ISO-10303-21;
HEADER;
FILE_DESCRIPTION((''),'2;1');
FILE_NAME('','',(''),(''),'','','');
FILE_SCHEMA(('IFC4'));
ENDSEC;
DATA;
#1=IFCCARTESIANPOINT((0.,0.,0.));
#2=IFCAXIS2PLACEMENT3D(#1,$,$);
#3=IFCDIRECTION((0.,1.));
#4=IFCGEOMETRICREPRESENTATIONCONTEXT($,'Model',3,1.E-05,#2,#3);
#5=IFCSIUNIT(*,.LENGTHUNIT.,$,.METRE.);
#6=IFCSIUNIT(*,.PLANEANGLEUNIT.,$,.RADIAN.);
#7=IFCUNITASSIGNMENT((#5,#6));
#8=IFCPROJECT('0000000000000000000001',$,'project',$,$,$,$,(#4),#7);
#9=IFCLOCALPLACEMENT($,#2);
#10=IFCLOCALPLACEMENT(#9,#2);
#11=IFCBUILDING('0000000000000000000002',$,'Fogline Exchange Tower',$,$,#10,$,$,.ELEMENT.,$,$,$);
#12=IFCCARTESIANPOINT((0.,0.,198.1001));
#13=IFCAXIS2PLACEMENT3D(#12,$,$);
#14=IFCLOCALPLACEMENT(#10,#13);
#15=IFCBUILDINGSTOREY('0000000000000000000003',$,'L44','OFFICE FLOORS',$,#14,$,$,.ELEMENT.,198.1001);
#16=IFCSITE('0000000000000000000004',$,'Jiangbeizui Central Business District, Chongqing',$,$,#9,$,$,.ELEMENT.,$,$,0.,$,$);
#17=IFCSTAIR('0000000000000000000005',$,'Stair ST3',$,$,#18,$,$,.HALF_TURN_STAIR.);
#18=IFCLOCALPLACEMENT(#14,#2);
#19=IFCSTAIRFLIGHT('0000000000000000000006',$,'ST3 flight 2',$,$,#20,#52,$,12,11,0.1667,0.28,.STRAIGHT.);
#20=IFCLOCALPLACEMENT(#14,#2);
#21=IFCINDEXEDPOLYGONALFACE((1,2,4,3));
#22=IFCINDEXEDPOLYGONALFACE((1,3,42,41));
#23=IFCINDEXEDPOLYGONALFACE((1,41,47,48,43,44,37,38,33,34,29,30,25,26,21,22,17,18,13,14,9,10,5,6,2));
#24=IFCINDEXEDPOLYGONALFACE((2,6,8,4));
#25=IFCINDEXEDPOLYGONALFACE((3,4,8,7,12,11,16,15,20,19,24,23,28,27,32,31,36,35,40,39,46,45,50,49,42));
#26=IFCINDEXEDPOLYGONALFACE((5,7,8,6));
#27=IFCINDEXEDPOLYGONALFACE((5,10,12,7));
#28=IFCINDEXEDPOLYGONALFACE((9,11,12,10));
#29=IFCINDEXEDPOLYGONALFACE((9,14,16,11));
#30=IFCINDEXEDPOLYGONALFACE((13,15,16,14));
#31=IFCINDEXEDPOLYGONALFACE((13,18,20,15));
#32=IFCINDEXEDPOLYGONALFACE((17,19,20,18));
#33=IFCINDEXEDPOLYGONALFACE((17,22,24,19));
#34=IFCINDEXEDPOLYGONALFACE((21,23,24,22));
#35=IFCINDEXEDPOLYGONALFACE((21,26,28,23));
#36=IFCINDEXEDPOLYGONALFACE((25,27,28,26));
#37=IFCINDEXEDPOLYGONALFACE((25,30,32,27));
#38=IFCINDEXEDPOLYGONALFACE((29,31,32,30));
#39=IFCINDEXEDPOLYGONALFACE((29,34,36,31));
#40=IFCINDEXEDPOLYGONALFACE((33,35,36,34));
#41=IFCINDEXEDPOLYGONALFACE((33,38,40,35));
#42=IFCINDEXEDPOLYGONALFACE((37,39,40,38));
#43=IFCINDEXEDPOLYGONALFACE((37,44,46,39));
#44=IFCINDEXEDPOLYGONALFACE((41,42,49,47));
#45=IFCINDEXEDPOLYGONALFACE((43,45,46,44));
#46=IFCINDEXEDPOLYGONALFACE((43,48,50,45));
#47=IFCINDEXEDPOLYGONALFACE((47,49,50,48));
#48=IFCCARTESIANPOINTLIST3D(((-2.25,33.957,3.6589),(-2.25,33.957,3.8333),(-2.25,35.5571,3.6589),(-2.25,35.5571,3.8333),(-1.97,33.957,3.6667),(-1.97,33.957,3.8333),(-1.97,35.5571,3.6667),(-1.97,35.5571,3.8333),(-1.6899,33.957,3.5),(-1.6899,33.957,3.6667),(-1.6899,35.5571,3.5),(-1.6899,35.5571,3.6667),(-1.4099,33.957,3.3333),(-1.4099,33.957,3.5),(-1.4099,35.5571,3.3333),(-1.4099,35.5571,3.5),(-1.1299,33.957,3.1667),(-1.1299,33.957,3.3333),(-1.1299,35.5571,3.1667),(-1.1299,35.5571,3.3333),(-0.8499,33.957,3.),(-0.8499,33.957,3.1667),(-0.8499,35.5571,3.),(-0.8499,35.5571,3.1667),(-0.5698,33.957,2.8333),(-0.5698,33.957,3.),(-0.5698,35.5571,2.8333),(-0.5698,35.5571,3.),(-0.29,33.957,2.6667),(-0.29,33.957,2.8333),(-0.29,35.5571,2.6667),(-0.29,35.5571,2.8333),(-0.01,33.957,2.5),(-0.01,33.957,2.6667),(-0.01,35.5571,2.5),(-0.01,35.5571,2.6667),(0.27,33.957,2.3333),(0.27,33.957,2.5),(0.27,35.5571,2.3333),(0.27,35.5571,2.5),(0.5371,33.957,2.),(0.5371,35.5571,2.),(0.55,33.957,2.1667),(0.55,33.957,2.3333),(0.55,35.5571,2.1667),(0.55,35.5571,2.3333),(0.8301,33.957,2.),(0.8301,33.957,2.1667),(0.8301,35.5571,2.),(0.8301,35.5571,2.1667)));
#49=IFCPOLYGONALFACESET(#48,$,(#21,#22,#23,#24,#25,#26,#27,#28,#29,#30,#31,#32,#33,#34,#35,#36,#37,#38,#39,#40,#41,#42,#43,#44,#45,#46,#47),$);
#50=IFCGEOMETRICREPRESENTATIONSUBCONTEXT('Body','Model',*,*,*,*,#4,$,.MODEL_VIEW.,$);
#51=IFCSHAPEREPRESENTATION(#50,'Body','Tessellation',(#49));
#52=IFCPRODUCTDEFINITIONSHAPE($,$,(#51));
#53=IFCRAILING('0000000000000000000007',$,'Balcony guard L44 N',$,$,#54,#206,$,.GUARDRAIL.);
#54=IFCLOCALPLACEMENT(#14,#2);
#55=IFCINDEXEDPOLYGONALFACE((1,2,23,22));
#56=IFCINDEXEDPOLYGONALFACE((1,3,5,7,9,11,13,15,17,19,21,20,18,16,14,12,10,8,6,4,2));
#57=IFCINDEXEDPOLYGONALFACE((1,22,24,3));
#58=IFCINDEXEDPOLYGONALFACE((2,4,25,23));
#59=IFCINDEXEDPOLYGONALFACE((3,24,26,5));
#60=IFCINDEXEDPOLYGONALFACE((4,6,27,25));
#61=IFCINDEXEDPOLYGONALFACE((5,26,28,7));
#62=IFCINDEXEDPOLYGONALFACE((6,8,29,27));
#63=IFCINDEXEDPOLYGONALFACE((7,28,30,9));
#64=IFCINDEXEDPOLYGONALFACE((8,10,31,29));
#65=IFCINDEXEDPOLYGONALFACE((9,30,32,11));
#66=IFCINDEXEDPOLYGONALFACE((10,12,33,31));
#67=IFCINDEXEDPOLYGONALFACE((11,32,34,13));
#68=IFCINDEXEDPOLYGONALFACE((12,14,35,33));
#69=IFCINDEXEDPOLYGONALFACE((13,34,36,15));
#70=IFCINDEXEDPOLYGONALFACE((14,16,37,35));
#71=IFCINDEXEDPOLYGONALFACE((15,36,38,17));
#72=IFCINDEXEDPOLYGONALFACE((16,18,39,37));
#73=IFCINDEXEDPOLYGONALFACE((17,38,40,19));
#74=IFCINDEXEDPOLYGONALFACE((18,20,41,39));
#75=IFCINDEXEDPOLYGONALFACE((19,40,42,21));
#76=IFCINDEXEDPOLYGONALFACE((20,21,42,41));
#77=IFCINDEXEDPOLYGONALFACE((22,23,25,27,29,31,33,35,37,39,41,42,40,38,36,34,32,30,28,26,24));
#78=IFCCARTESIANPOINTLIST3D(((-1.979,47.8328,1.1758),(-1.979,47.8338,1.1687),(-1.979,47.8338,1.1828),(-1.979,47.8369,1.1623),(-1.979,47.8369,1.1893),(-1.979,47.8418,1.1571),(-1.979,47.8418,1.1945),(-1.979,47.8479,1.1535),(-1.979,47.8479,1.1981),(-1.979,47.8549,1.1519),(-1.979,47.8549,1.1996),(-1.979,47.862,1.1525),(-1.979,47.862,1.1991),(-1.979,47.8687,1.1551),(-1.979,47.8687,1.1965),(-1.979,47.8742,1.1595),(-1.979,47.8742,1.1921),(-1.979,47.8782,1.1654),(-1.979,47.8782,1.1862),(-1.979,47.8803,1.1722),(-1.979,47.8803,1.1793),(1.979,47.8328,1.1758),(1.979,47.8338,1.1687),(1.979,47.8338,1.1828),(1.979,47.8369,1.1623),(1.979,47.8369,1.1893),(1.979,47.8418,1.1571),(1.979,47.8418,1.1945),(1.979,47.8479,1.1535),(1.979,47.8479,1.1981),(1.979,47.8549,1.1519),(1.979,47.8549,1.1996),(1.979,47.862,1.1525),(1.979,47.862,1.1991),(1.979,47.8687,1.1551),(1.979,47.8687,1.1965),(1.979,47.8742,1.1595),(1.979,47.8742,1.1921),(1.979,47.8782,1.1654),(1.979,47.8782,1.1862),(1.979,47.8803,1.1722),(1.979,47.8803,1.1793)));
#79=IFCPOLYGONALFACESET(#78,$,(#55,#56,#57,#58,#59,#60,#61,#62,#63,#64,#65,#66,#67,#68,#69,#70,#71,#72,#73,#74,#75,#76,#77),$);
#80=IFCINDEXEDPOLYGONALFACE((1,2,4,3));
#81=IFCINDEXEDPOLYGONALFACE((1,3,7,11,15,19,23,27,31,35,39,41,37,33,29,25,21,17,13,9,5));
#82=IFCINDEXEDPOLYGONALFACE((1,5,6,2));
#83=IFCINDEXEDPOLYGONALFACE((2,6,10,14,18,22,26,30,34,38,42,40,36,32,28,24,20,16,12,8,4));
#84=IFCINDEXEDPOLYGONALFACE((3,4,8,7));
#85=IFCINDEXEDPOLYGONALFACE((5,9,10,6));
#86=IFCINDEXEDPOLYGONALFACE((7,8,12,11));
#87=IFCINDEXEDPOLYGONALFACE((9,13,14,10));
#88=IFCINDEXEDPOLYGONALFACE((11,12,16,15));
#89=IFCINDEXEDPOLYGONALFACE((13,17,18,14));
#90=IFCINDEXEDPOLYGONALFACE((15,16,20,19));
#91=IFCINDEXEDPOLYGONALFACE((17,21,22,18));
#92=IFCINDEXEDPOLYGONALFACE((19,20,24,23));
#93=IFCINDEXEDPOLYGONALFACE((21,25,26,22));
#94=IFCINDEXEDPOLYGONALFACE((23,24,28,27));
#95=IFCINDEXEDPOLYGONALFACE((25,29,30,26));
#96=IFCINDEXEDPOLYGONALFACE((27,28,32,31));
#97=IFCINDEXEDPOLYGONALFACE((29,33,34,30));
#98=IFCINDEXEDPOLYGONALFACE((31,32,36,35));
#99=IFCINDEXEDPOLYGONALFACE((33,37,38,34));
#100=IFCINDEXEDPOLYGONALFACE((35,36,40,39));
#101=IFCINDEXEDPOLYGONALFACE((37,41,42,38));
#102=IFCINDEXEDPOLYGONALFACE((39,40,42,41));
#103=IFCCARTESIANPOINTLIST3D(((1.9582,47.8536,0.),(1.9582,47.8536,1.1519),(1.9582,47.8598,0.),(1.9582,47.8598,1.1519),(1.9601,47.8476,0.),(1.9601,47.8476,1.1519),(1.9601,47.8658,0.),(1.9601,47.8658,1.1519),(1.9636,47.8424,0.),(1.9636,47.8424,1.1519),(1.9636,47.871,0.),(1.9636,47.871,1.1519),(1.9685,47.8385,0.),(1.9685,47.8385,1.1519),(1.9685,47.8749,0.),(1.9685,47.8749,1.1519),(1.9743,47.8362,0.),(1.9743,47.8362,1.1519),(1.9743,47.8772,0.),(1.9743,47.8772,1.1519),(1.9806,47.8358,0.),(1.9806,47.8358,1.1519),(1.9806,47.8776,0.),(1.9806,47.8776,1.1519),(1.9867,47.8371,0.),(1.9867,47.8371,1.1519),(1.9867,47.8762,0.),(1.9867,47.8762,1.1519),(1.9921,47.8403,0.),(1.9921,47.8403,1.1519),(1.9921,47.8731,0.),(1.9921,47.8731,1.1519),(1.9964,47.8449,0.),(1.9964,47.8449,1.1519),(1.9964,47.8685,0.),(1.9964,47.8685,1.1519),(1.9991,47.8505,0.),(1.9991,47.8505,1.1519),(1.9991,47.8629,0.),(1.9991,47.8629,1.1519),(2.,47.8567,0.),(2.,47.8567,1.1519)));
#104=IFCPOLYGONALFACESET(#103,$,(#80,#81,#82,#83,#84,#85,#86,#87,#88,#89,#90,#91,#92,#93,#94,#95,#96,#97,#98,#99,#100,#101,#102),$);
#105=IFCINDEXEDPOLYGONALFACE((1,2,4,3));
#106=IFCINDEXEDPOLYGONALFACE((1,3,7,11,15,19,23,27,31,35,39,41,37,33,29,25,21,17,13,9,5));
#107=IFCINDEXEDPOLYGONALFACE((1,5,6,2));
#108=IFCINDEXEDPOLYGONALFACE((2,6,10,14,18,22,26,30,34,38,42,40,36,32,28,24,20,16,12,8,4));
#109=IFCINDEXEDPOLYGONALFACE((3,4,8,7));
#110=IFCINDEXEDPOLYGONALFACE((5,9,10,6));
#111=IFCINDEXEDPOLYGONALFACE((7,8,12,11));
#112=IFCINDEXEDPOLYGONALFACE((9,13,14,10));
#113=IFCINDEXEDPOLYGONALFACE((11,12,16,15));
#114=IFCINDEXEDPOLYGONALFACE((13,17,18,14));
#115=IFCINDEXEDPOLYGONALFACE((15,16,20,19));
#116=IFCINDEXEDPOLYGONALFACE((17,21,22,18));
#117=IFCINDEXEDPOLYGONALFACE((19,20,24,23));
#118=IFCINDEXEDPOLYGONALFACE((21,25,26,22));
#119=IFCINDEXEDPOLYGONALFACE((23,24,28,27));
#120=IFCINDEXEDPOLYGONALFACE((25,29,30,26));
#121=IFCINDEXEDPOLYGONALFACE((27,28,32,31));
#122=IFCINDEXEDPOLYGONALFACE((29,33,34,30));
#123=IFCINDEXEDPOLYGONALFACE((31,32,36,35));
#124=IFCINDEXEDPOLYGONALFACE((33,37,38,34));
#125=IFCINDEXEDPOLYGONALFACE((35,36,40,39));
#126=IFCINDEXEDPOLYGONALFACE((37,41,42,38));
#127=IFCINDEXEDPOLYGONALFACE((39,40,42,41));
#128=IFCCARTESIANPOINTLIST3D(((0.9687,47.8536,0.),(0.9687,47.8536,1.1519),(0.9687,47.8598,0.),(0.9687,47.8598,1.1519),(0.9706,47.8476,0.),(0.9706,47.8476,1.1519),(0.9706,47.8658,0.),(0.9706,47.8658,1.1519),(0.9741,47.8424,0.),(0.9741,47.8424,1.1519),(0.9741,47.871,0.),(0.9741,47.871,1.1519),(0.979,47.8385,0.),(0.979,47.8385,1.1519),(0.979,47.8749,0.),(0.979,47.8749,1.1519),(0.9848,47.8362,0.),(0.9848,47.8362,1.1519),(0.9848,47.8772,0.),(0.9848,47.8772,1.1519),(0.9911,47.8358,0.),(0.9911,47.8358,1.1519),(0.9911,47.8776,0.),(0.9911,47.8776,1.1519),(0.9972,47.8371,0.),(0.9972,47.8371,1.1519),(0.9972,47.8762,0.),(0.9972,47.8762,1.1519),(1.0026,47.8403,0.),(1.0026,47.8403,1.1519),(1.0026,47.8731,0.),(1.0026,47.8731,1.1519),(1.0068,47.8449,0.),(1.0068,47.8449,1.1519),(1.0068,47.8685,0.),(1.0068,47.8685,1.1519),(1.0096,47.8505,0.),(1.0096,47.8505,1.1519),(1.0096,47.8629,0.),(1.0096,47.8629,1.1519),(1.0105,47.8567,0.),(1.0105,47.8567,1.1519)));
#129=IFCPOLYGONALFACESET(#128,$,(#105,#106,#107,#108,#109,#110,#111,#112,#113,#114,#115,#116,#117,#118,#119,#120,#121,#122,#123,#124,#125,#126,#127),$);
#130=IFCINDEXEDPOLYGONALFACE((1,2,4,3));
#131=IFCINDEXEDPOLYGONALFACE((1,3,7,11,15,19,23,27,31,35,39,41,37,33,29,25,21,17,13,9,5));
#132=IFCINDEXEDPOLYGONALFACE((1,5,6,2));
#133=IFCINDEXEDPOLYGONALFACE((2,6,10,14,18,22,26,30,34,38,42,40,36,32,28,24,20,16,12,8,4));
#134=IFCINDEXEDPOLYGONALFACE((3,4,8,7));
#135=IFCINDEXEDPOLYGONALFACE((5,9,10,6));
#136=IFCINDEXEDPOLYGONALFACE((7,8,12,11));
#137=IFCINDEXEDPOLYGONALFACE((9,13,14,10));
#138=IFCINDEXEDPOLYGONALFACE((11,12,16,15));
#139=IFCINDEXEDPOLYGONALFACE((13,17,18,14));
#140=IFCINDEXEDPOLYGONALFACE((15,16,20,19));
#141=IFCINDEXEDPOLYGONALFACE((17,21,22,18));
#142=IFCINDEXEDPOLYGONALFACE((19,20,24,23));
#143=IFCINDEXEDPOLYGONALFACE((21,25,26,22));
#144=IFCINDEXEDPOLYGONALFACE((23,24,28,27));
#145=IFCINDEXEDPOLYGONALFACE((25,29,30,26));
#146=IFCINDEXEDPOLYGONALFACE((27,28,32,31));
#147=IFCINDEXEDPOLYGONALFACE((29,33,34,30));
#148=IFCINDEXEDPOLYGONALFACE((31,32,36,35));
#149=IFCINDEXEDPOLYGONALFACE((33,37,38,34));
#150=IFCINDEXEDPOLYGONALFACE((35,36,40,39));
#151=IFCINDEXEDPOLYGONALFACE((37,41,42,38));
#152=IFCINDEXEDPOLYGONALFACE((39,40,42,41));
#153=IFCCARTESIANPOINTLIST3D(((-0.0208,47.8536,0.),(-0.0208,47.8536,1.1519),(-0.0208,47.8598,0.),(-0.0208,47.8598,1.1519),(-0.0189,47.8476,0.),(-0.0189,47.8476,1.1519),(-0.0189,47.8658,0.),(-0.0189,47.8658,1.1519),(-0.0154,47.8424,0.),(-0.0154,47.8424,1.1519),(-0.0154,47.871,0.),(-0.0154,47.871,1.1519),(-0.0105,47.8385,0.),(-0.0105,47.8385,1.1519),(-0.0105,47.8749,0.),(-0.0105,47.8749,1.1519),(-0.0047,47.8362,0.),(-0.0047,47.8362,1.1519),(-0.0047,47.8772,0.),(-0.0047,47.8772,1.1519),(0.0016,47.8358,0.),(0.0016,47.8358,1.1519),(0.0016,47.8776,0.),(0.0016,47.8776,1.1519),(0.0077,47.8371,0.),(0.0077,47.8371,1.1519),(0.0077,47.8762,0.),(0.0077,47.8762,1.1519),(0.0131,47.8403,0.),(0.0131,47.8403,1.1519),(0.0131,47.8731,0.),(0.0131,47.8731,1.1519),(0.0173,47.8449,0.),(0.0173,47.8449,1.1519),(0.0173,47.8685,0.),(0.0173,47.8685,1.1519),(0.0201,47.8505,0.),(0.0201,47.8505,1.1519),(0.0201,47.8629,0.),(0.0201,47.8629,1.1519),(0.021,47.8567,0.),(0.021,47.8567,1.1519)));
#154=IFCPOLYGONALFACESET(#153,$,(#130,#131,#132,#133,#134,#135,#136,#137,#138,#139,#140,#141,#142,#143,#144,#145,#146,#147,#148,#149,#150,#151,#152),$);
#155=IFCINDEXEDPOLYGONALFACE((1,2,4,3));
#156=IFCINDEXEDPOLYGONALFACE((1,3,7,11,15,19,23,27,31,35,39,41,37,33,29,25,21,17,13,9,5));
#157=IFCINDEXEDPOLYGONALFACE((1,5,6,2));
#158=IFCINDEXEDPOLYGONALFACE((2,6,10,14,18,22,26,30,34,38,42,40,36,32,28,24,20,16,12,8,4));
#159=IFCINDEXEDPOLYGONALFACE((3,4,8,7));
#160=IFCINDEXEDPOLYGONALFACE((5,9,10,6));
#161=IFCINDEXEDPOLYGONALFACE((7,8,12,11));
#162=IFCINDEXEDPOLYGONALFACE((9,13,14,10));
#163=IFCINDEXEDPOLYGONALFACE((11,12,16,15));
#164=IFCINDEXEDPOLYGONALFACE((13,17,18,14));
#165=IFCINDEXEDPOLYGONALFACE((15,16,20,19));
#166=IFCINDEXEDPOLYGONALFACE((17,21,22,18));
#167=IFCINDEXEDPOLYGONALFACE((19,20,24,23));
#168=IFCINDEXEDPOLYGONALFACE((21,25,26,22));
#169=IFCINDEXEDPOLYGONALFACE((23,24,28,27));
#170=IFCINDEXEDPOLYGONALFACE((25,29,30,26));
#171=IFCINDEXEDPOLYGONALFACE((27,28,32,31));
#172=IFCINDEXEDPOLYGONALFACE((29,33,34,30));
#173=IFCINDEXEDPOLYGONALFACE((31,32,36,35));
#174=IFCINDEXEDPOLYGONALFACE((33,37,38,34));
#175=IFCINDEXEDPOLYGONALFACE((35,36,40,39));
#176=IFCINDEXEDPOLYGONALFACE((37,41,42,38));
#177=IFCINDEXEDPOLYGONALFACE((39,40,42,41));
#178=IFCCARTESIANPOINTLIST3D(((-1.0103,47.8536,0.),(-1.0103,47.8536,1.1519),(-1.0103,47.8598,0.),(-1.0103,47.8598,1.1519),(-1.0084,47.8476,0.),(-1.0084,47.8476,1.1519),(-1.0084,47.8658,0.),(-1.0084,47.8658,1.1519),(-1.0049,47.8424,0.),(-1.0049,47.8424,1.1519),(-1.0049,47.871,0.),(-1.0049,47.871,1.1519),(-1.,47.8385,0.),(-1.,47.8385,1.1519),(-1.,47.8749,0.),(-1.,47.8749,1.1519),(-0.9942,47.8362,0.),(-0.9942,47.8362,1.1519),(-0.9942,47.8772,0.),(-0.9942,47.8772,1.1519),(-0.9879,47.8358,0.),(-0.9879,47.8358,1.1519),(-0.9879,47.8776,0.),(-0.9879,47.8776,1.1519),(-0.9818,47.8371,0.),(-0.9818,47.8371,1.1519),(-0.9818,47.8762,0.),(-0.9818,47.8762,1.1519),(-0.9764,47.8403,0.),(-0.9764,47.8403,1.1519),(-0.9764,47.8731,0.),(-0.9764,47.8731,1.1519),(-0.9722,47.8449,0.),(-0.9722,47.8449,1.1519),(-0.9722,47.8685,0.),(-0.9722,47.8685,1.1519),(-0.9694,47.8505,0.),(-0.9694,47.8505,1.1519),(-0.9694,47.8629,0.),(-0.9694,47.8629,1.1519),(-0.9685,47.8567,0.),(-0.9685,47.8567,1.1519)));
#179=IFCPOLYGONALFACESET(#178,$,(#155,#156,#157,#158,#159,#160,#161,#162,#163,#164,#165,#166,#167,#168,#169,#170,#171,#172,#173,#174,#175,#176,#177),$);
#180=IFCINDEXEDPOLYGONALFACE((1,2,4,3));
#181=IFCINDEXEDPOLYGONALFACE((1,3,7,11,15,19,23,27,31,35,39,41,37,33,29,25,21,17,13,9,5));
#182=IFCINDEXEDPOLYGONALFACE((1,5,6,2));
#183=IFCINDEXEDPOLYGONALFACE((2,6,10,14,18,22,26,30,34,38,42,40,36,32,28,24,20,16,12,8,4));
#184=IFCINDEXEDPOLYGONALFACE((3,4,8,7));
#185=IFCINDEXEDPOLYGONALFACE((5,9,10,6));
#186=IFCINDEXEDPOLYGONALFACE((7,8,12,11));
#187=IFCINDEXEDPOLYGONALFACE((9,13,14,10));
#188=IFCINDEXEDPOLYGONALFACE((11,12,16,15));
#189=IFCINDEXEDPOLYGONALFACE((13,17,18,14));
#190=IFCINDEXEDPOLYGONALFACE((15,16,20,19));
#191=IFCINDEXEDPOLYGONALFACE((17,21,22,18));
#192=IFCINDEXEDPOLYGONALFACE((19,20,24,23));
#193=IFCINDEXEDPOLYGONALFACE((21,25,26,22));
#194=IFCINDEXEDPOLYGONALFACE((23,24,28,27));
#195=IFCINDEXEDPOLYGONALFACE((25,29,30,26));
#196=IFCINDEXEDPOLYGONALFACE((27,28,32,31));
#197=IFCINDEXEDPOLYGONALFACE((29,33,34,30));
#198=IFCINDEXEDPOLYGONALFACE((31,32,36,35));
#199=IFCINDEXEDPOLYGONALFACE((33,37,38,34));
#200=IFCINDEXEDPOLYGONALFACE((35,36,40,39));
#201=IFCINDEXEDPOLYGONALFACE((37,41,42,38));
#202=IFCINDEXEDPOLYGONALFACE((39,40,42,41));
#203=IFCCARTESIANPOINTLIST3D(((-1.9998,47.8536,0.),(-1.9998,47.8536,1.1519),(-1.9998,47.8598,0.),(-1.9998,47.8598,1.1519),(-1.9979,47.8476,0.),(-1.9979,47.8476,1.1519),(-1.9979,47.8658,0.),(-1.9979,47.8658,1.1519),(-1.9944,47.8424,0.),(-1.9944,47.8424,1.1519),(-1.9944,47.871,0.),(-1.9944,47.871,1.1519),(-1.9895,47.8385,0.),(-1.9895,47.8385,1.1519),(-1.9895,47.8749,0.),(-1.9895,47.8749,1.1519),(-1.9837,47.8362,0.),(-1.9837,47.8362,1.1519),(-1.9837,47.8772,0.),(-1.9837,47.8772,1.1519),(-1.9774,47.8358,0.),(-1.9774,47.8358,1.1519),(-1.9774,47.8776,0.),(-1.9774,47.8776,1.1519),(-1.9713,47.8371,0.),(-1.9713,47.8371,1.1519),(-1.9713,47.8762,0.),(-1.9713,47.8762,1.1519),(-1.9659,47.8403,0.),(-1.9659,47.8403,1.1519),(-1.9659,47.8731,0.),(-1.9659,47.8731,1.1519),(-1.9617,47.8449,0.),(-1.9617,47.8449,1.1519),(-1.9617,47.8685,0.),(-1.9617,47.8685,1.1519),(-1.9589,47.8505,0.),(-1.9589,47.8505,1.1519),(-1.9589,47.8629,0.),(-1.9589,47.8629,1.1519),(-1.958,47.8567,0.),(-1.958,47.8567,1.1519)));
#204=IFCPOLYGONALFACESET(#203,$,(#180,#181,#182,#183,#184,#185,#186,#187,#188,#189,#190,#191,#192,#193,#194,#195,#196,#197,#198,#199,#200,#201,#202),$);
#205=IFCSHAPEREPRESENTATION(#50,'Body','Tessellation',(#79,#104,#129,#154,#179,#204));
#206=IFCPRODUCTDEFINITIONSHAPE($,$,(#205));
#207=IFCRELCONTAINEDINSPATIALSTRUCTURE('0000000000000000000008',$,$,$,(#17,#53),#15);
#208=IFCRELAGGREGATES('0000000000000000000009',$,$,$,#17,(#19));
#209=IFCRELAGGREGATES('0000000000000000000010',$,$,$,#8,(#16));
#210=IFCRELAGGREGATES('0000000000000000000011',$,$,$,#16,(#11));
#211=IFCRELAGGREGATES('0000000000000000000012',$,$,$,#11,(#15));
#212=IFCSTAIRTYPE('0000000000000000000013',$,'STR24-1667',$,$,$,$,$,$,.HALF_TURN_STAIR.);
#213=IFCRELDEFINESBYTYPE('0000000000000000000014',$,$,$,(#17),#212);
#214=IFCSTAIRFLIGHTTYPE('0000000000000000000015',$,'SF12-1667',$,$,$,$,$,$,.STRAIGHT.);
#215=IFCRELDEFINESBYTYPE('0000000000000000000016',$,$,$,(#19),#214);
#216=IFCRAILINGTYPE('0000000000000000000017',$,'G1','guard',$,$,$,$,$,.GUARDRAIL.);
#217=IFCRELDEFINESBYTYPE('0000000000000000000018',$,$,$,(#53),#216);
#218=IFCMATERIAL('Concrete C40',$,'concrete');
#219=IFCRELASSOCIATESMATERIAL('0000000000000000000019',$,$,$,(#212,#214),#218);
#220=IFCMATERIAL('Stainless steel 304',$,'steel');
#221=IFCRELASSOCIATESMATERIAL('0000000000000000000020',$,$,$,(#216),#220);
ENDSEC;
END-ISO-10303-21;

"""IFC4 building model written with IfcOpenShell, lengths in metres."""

from ifc_helpers import new_model, si_unit, direction, frame, origin, origin_2d, place, context, subcontext, project, spatial, polyline, circle, outline, extrude, material, type_object, element, aggregate, save


model = new_model("IFC4")

# Units and contexts
model_context = context("Model", 3, precision=1e-05, world=origin(), true_north=direction((0.0, 1.0)))
body_context = subcontext(model_context, "Body", "Model", "MODEL_VIEW")
ifc_project = project(units=[si_unit("LENGTHUNIT", "METRE"), si_unit("PLANEANGLEUNIT", "RADIAN")], contexts=[model_context])

# Site, building, storey
site_placement = place(None, origin())
site = spatial("IfcSite", under=ifc_project, at=site_placement, Name="Jiangbeizui Central Business District, Chongqing", CompositionType="ELEMENT", RefElevation=0.0)
building_placement = place(site_placement, origin())
building = spatial("IfcBuilding", under=site, at=building_placement, Name="Fogline Exchange Tower", CompositionType="ELEMENT")
storey_placement = place(building_placement, frame((0.0, 0.0, 198.1001)))
storey = spatial("IfcBuildingStorey", under=building, at=storey_placement, Name="L44", Description="OFFICE FLOORS", CompositionType="ELEMENT", Elevation=198.1001)

# Shared definitions
ifc_material_1 = material(Name="Concrete C40", Category="concrete")

# Stair, stair flight
stair_type = type_object("IfcStairType", Name="STR24-1667", PredefinedType="HALF_TURN_STAIR", material=ifc_material_1)
stair_placement = place(storey_placement, origin())
stair = element("IfcStair", 1, at=stair_placement, inside=storey, type_object=stair_type, Name="Stair ST3", PredefinedType="HALF_TURN_STAIR")
stair_flight_type = type_object("IfcStairFlightType", Name="SF12-1667", PredefinedType="STRAIGHT", material=ifc_material_1)
stair_flight_placement = place(storey_placement, frame((0.8301, 34.7571, 2.0), z_axis=(0.0, 0.0, 1.0), x_axis=(-1.0, 0.0, 0.0)))
stair_flight = element("IfcStairFlight", 2, at=stair_flight_placement, type_object=stair_flight_type, Name="ST3 flight 2", NumberOfRisers=12, NumberOfTreads=11, PredefinedType="STRAIGHT", RiserHeight=0.1667, TreadLength=0.28, context=body_context, shape_type="SweptSolid", body=[
    extrude(outline(polyline([(0.0, 0.0), (0.0, 0.1667), (0.28, 0.1667), (0.28, 0.3333), (0.5601, 0.3333), (0.5601, 0.5), (0.8401, 0.5), (0.8401, 0.6667), (1.1201, 0.6667), (1.1201, 0.8333), (1.3999, 0.8333), (1.3999, 1.0), (1.6799, 1.0), (1.6799, 1.1667), (1.96, 1.1667), (1.96, 1.3333), (2.24, 1.3333), (2.24, 1.5), (2.52, 1.5), (2.52, 1.6667), (2.8, 1.6667), (2.8, 1.8333), (3.0801, 1.8333), (3.0801, 2.0), (3.0801, 1.6589), (0.293, 0.0), (0.0, 0.0)])), frame((0.0, 0.8, 0.0), z_axis=(0.0, -1.0, 0.0), x_axis=(1.0, 0.0, 0.0)), (0.0, 0.0, 1.0), 1.6001),
])
aggregate(stair, [stair_flight])

# Railing
ifc_material_2 = material(Name="Stainless steel 304", Category="steel")
railing_type = type_object("IfcRailingType", Name="G1", Description="guard", PredefinedType="GUARDRAIL", material=ifc_material_2)
railing_placement = place(storey_placement, frame((1.979, 47.8567, 0.0)))
element("IfcRailing", 3, at=railing_placement, inside=storey, type_object=railing_type, Name="Balcony guard L44 N", PredefinedType="GUARDRAIL", context=body_context, shape_type="SweptSolid", body=[
    extrude(circle(Radius=0.0239, at=origin_2d()), frame((0.0, 0.0, 1.1758), z_axis=(-1.0, 0.0, 0.0), x_axis=(0.0, -1.0, 0.0)), (0.0, 0.0, 1.0), 3.958),
    extrude(circle(Radius=0.021, at=origin_2d()), origin(), (0.0, 0.0, 1.0), 1.1519),
    extrude(circle(Radius=0.021, at=origin_2d()), frame((-0.9895, 0.0, 0.0)), (0.0, 0.0, 1.0), 1.1519),
    extrude(circle(Radius=0.021, at=origin_2d()), frame((-1.979, 0.0, 0.0)), (0.0, 0.0, 1.0), 1.1519),
    extrude(circle(Radius=0.021, at=origin_2d()), frame((-2.9685, 0.0, 0.0)), (0.0, 0.0, 1.0), 1.1519),
    extrude(circle(Radius=0.021, at=origin_2d()), frame((-3.958, 0.0, 0.0)), (0.0, 0.0, 1.0), 1.1519),
])

save(model, "model.ifc")
